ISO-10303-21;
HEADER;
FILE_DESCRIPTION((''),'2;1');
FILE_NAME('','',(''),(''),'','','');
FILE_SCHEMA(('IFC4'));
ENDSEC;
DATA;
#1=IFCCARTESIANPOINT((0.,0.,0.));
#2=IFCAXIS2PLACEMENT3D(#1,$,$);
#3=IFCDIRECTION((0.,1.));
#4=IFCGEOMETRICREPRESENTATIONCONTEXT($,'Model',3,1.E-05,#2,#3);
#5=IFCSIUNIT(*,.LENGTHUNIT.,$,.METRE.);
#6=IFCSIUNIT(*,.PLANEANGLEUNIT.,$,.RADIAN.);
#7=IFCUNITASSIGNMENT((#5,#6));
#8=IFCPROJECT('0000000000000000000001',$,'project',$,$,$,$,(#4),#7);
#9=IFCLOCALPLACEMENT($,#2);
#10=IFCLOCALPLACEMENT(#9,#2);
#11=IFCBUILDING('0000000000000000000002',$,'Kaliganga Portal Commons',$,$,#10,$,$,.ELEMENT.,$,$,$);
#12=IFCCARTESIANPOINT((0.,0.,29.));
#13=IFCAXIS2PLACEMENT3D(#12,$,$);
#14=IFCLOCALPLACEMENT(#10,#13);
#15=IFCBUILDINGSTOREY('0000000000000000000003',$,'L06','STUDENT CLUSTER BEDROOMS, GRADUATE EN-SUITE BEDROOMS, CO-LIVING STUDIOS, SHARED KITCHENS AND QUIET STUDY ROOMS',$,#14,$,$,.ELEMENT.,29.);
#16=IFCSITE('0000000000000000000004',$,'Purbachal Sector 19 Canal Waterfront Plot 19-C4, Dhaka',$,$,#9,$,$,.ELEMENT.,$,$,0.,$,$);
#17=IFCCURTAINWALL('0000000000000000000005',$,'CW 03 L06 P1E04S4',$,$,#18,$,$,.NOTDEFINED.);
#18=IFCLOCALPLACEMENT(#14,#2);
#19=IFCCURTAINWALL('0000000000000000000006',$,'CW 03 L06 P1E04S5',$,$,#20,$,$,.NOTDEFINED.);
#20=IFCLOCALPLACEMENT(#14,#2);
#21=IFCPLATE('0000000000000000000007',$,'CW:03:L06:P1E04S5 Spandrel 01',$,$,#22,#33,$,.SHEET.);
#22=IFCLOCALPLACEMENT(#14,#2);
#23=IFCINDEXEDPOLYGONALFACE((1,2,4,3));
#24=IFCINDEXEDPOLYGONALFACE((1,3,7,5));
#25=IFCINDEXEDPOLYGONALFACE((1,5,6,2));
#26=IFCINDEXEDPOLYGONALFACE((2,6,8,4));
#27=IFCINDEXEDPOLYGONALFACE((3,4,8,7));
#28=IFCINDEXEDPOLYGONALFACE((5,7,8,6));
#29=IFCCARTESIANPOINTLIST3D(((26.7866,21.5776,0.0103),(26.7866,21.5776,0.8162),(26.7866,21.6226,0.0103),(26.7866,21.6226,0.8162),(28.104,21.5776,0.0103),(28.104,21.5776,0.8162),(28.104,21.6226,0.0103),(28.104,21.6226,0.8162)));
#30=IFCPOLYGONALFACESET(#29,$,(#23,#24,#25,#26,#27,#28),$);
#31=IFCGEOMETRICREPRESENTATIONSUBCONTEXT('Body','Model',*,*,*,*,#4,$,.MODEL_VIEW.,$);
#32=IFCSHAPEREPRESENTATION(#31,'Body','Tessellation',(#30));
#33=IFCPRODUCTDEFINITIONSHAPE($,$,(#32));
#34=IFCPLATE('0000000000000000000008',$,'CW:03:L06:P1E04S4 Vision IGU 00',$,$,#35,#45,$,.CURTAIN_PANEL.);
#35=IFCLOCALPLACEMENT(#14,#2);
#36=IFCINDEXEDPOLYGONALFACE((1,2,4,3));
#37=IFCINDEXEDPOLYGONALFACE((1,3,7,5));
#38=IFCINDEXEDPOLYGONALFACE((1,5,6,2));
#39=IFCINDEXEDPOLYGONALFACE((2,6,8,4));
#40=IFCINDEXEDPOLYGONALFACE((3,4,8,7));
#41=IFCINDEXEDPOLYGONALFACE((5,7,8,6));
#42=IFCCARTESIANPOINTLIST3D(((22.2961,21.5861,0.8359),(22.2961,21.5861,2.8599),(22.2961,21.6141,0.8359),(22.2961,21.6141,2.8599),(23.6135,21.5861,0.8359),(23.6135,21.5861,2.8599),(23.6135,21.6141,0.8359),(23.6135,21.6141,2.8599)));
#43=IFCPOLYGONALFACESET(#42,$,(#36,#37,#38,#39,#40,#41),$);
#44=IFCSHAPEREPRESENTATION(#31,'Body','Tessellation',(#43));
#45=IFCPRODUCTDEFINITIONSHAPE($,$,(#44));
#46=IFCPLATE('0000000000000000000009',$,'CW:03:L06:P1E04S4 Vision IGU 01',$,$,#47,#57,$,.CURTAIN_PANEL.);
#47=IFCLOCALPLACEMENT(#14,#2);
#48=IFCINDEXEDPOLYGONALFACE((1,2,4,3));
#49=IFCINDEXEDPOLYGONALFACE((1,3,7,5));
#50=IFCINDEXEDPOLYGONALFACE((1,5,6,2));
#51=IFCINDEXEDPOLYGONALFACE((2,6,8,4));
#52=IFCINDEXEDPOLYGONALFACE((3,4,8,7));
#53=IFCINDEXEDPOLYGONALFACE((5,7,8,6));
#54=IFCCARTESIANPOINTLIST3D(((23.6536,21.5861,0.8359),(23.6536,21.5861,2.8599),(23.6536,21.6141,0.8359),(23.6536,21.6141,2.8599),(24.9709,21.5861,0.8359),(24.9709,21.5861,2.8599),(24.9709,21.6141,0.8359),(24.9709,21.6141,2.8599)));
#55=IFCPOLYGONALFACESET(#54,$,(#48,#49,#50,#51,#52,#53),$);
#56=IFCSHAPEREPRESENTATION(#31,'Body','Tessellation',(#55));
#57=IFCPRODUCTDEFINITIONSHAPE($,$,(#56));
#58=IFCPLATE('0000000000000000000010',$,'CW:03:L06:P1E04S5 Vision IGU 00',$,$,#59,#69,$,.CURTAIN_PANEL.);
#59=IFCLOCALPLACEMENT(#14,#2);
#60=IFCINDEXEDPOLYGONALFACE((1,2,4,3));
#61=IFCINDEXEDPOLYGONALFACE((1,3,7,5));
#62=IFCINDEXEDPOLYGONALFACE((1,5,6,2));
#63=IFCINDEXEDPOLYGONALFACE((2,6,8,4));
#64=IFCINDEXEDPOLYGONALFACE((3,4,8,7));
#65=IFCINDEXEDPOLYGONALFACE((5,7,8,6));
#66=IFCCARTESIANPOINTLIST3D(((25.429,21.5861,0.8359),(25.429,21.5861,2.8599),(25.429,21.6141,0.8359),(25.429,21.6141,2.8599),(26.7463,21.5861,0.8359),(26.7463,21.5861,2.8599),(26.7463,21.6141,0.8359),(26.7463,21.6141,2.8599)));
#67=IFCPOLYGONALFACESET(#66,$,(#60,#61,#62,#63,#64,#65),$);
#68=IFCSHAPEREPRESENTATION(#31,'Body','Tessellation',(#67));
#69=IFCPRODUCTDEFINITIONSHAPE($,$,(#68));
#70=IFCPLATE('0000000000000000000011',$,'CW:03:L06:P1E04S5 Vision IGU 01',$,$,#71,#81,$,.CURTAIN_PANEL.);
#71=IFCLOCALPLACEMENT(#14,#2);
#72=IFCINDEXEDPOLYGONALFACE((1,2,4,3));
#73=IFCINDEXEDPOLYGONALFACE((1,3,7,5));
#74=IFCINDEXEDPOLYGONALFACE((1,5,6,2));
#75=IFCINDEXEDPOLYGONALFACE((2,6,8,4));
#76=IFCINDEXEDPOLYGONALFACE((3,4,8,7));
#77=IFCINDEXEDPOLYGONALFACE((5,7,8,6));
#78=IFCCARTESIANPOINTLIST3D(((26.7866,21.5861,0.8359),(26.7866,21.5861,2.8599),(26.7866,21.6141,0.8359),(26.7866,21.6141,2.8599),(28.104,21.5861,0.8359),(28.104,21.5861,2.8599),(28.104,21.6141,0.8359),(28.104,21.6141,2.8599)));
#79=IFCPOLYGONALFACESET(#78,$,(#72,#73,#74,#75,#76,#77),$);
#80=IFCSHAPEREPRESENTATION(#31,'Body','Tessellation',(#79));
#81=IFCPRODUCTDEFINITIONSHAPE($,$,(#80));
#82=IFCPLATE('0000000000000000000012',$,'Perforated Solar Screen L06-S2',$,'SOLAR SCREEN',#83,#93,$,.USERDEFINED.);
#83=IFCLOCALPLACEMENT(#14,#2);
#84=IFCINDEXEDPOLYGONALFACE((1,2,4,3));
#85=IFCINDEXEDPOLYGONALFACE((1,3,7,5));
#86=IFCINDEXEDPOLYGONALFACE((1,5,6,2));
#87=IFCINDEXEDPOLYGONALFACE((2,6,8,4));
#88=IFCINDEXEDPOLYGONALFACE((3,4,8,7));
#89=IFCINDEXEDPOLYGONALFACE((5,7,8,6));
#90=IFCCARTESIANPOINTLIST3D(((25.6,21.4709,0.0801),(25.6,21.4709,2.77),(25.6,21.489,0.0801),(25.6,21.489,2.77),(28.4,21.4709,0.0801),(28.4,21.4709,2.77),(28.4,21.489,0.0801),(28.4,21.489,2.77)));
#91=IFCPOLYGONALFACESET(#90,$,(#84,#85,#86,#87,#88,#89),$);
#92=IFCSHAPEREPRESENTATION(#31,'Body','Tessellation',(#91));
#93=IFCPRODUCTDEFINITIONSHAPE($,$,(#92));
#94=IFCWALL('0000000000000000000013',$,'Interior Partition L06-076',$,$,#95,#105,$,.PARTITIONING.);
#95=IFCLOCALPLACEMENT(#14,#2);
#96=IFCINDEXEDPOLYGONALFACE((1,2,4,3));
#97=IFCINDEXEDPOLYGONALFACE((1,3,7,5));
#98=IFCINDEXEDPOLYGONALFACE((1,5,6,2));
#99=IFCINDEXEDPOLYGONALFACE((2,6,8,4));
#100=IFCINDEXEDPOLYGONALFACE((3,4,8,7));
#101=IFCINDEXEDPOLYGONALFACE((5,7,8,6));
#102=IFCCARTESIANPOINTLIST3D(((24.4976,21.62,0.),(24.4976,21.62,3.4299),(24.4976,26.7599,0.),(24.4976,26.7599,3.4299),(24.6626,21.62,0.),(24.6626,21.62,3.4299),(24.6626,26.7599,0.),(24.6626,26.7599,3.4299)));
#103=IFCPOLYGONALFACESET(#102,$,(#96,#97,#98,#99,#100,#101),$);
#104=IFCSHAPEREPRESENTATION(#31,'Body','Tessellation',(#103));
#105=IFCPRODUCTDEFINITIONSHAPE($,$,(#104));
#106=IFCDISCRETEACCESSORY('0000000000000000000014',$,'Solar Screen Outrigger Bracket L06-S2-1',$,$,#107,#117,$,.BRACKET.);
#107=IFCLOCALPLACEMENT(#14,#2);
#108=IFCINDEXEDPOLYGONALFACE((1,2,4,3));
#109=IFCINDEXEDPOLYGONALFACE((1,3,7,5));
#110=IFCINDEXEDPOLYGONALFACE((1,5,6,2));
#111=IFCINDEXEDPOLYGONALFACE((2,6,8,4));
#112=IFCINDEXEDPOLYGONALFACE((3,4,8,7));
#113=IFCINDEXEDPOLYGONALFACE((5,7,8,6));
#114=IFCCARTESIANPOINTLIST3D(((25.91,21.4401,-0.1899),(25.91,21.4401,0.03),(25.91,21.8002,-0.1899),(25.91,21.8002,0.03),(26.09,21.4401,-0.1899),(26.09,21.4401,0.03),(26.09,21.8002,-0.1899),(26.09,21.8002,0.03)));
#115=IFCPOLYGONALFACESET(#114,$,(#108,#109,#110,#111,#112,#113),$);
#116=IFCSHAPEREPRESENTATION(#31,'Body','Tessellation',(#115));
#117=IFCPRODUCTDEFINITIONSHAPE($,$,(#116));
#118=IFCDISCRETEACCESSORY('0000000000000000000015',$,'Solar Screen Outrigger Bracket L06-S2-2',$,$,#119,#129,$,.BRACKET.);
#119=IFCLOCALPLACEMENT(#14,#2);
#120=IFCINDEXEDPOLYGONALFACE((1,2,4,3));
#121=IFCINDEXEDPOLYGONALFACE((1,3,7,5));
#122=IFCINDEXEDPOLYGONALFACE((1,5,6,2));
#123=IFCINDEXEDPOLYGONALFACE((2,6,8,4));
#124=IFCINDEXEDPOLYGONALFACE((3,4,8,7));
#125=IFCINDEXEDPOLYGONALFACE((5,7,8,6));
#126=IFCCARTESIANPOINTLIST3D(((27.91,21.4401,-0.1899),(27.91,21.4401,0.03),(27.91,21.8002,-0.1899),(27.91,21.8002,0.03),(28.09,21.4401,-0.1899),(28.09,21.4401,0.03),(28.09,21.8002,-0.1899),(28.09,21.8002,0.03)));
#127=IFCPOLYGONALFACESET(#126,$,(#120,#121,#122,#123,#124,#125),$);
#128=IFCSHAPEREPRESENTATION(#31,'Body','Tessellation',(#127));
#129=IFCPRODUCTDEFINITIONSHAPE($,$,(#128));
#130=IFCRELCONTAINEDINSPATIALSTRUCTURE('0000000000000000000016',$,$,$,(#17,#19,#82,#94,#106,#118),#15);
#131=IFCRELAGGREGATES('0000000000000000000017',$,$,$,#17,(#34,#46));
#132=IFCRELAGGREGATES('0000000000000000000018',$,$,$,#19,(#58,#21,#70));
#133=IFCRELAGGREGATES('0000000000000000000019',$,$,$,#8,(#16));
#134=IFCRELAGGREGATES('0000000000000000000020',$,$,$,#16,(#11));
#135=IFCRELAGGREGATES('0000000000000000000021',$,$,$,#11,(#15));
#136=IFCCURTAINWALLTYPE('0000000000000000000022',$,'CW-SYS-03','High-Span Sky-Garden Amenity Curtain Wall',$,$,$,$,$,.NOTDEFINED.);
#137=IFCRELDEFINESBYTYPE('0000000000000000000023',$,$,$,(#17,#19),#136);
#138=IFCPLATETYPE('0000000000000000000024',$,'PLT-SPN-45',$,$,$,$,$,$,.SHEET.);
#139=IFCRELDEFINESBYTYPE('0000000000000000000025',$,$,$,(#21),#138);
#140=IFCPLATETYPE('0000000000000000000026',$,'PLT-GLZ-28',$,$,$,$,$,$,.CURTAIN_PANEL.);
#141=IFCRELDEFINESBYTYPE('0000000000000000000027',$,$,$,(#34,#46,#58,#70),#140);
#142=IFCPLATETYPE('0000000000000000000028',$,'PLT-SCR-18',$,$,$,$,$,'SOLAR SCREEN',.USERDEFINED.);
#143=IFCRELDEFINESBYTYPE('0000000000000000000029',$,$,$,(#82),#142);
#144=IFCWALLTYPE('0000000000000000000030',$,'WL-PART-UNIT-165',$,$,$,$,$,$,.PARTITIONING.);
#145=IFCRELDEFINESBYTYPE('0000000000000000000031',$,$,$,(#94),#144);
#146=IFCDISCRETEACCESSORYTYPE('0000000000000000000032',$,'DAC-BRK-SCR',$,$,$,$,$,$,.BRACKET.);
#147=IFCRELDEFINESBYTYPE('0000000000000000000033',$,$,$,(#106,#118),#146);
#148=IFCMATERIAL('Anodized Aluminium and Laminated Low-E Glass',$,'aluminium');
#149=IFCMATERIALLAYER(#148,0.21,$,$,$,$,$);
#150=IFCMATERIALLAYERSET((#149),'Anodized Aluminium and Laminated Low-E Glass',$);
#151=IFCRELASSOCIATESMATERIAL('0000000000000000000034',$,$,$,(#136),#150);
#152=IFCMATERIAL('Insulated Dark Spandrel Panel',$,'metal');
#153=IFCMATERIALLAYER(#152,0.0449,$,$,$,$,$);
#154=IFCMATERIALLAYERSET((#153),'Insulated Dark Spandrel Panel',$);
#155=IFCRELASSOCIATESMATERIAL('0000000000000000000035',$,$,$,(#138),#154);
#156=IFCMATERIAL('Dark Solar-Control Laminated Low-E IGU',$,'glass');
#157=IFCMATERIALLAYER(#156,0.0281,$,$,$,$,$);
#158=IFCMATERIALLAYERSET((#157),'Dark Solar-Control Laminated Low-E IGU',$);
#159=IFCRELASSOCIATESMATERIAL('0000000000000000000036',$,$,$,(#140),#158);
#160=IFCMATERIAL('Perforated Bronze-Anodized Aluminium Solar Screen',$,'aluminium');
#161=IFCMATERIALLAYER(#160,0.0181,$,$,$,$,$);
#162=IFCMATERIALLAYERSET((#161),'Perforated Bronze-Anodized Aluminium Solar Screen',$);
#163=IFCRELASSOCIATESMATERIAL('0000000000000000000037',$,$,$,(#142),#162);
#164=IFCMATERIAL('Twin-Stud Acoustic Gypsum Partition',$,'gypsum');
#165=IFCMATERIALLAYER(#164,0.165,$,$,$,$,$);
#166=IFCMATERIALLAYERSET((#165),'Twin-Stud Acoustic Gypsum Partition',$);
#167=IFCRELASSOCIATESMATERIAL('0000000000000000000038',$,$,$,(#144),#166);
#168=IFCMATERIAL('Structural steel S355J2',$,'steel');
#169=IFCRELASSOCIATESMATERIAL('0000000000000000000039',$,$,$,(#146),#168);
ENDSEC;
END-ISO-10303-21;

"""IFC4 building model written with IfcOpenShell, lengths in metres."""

from ifc_helpers import new_model, si_unit, direction, frame, frame_2d, origin, origin_2d, place, context, subcontext, project, spatial, rectangle, extrude, source, transform, mapped, material, layer, layer_set, type_object, element, aggregate, save


model = new_model("IFC4")

# Units and contexts
model_context = context("Model", 3, precision=1e-05, world=origin(), true_north=direction((0.0, 1.0)))
body_context = subcontext(model_context, "Body", "Model", "MODEL_VIEW")
ifc_project = project(units=[si_unit("LENGTHUNIT", "METRE"), si_unit("PLANEANGLEUNIT", "RADIAN")], contexts=[model_context])

# Site, building, storey
site_placement = place(None, origin())
site = spatial("IfcSite", under=ifc_project, at=site_placement, Name="Purbachal Sector 19 Canal Waterfront Plot 19-C4, Dhaka", CompositionType="ELEMENT", RefElevation=0.0)
building_placement = place(site_placement, origin())
building = spatial("IfcBuilding", under=site, at=building_placement, Name="Kaliganga Portal Commons", CompositionType="ELEMENT")
storey_placement = place(building_placement, frame((0.0, 0.0, 29.0)))
storey = spatial("IfcBuildingStorey", under=building, at=storey_placement, Name="L06", Description="STUDENT CLUSTER BEDROOMS, GRADUATE EN-SUITE BEDROOMS, CO-LIVING STUDIOS, SHARED KITCHENS AND QUIET STUDY ROOMS", CompositionType="ELEMENT", Elevation=29.0)

# Shared definitions
ifc_material_1 = material(Name="Structural steel S355J2", Category="steel")

# Curtain walls
ifc_material_2 = material(Name="Anodized Aluminium and Laminated Low-E Glass", Category="aluminium")
ifc_layer_1 = layer(ifc_material_2, 0.21)
ifc_layer_set_1 = layer_set([ifc_layer_1], Name="Anodized Aluminium and Laminated Low-E Glass")
curtain_wall_type = type_object("IfcCurtainWallType", Name="CW-SYS-03", Description="High-Span Sky-Garden Amenity Curtain Wall", PredefinedType="NOTDEFINED", material=ifc_layer_set_1)
curtain_wall_1_placement = place(storey_placement, origin())
curtain_wall_1 = element("IfcCurtainWall", 1, at=curtain_wall_1_placement, inside=storey, type_object=curtain_wall_type, Name="CW 03 L06 P1E04S4", PredefinedType="NOTDEFINED")
curtain_wall_2_placement = place(storey_placement, origin())
curtain_wall_2 = element("IfcCurtainWall", 2, at=curtain_wall_2_placement, inside=storey, type_object=curtain_wall_type, Name="CW 03 L06 P1E04S5", PredefinedType="NOTDEFINED")

# Plates
ifc_material_3 = material(Name="Insulated Dark Spandrel Panel", Category="metal")
ifc_layer_2 = layer(ifc_material_3, 0.0449)
ifc_layer_set_2 = layer_set([ifc_layer_2], Name="Insulated Dark Spandrel Panel")
plate_type_1 = type_object("IfcPlateType", Name="PLT-SPN-45", PredefinedType="SHEET", material=ifc_layer_set_2)
shared_shape_1 = source(origin(), body_context, "Body", "SweptSolid", [
    extrude(rectangle(XDim=1.3174, YDim=0.0449, at=origin_2d()), origin(), (0.0, 0.0, 1.0), 0.8059),
])
plate_1_placement = place(storey_placement, frame((27.4453, 21.6001, 0.0103), z_axis=(0.0, 0.0, 1.0), x_axis=(1.0, 0.0, 0.0)))
plate_1 = element("IfcPlate", 3, at=plate_1_placement, type_object=plate_type_1, Name="CW:03:L06:P1E04S5 Spandrel 01", PredefinedType="SHEET", context=body_context, shape_type="MappedRepresentation", body=[
    mapped(shared_shape_1, transform((0.0, 0.0, 0.0), x_axis=(1.0, 0.0, 0.0), y_axis=(0.0, 1.0, 0.0), z_axis=(0.0, 0.0, 1.0), scale=1.0)),
])
ifc_material_4 = material(Name="Dark Solar-Control Laminated Low-E IGU", Category="glass")
ifc_layer_3 = layer(ifc_material_4, 0.0281)
ifc_layer_set_3 = layer_set([ifc_layer_3], Name="Dark Solar-Control Laminated Low-E IGU")
plate_type_2 = type_object("IfcPlateType", Name="PLT-GLZ-28", PredefinedType="CURTAIN_PANEL", material=ifc_layer_set_3)
shared_shape_2 = source(origin(), body_context, "Body", "SweptSolid", [
    extrude(rectangle(XDim=1.3174, YDim=0.0281, at=origin_2d()), origin(), (0.0, 0.0, 1.0), 2.0239),
])
plate_2_placement = place(storey_placement, frame((22.9548, 21.6001, 0.8359), z_axis=(0.0, 0.0, 1.0), x_axis=(1.0, 0.0, 0.0)))
plate_2 = element("IfcPlate", 4, at=plate_2_placement, type_object=plate_type_2, Name="CW:03:L06:P1E04S4 Vision IGU 00", PredefinedType="CURTAIN_PANEL", context=body_context, shape_type="MappedRepresentation", body=[
    mapped(shared_shape_2, transform((0.0, 0.0, 0.0), x_axis=(1.0, 0.0, 0.0), y_axis=(0.0, 1.0, 0.0), z_axis=(0.0, 0.0, 1.0), scale=1.0)),
])
plate_3_placement = place(storey_placement, frame((24.3123, 21.6001, 0.8359), z_axis=(0.0, 0.0, 1.0), x_axis=(1.0, 0.0, 0.0)))
plate_3 = element("IfcPlate", 5, at=plate_3_placement, type_object=plate_type_2, Name="CW:03:L06:P1E04S4 Vision IGU 01", PredefinedType="CURTAIN_PANEL", context=body_context, shape_type="MappedRepresentation", body=[
    mapped(shared_shape_2, transform((0.0, 0.0, 0.0), x_axis=(1.0, 0.0, 0.0), y_axis=(0.0, 1.0, 0.0), z_axis=(0.0, 0.0, 1.0), scale=1.0)),
])
aggregate(curtain_wall_1, [plate_2, plate_3])
plate_4_placement = place(storey_placement, frame((26.0876, 21.6001, 0.8359), z_axis=(0.0, 0.0, 1.0), x_axis=(1.0, 0.0, 0.0)))
plate_4 = element("IfcPlate", 6, at=plate_4_placement, type_object=plate_type_2, Name="CW:03:L06:P1E04S5 Vision IGU 00", PredefinedType="CURTAIN_PANEL", context=body_context, shape_type="MappedRepresentation", body=[
    mapped(shared_shape_2, transform((0.0, 0.0, 0.0), x_axis=(1.0, 0.0, 0.0), y_axis=(0.0, 1.0, 0.0), z_axis=(0.0, 0.0, 1.0), scale=1.0)),
])
plate_5_placement = place(storey_placement, frame((27.4453, 21.6001, 0.8359), z_axis=(0.0, 0.0, 1.0), x_axis=(1.0, 0.0, 0.0)))
plate_5 = element("IfcPlate", 7, at=plate_5_placement, type_object=plate_type_2, Name="CW:03:L06:P1E04S5 Vision IGU 01", PredefinedType="CURTAIN_PANEL", context=body_context, shape_type="MappedRepresentation", body=[
    mapped(shared_shape_2, transform((0.0, 0.0, 0.0), x_axis=(1.0, 0.0, 0.0), y_axis=(0.0, 1.0, 0.0), z_axis=(0.0, 0.0, 1.0), scale=1.0)),
])
aggregate(curtain_wall_2, [plate_4, plate_1, plate_5])
ifc_material_5 = material(Name="Perforated Bronze-Anodized Aluminium Solar Screen", Category="aluminium")
ifc_layer_4 = layer(ifc_material_5, 0.0181)
ifc_layer_set_4 = layer_set([ifc_layer_4], Name="Perforated Bronze-Anodized Aluminium Solar Screen")
plate_type_3 = type_object("IfcPlateType", Name="PLT-SCR-18", ElementType="SOLAR SCREEN", PredefinedType="USERDEFINED", material=ifc_layer_set_4)
shared_shape_3 = source(origin(), body_context, "Body", "SweptSolid", [
    extrude(rectangle(XDim=2.8, YDim=0.0181, at=origin_2d()), origin(), (0.0, 0.0, 1.0), 2.6899),
])
plate_6_placement = place(storey_placement, frame((27.0, 21.48, 0.0801), z_axis=(0.0, 0.0, 1.0), x_axis=(1.0, 0.0, 0.0)))
element("IfcPlate", 8, at=plate_6_placement, inside=storey, type_object=plate_type_3, Name="Perforated Solar Screen L06-S2", ObjectType="SOLAR SCREEN", PredefinedType="USERDEFINED", context=body_context, shape_type="MappedRepresentation", body=[
    mapped(shared_shape_3, transform((0.0, 0.0, 0.0), x_axis=(1.0, 0.0, 0.0), y_axis=(0.0, 1.0, 0.0), z_axis=(0.0, 0.0, 1.0), scale=1.0)),
])

# Wall
ifc_material_6 = material(Name="Twin-Stud Acoustic Gypsum Partition", Category="gypsum")
ifc_layer_5 = layer(ifc_material_6, 0.165)
ifc_layer_set_5 = layer_set([ifc_layer_5], Name="Twin-Stud Acoustic Gypsum Partition")
wall_type = type_object("IfcWallType", Name="WL-PART-UNIT-165", PredefinedType="PARTITIONING", material=ifc_layer_set_5)
wall_placement = place(storey_placement, frame((24.5801, 21.6201, 0.0), z_axis=(0.0, 0.0, 1.0), x_axis=(0.0, 1.0, 0.0)))
element("IfcWall", 9, at=wall_placement, inside=storey, type_object=wall_type, Name="Interior Partition L06-076", PredefinedType="PARTITIONING", context=body_context, shape_type="SweptSolid", body=[
    extrude(rectangle(XDim=5.1399, YDim=0.165, at=frame_2d((2.5698, 0.0))), origin(), (0.0, 0.0, 1.0), 3.4299),
])

# Discrete accessories
discrete_accessory_type = type_object("IfcDiscreteAccessoryType", Name="DAC-BRK-SCR", PredefinedType="BRACKET", material=ifc_material_1)
shared_shape_4 = source(origin(), body_context, "Body", "SweptSolid", [
    extrude(rectangle(XDim=0.1799, YDim=0.3601, at=origin_2d()), origin(), (0.0, 0.0, 1.0), 0.22),
])
for number, where, z_axis, x_axis, name in (
    (10, (26.0, 21.6201, -0.1899), (0.0, 0.0, 1.0), (1.0, 0.0, 0.0), "Solar Screen Outrigger Bracket L06-S2-1"),
    (11, (28.0, 21.6201, -0.1899), (0.0, 0.0, 1.0), (1.0, 0.0, 0.0), "Solar Screen Outrigger Bracket L06-S2-2"),
):
    element("IfcDiscreteAccessory", number, at=place(storey_placement, frame(where, z_axis=z_axis, x_axis=x_axis)), inside=storey, type_object=discrete_accessory_type, Name=name, PredefinedType="BRACKET", context=body_context, shape_type="MappedRepresentation", body=[
        mapped(shared_shape_4, transform((0.0, 0.0, 0.0), x_axis=(1.0, 0.0, 0.0), y_axis=(0.0, 1.0, 0.0), z_axis=(0.0, 0.0, 1.0), scale=1.0)),
    ])

save(model, "model.ifc")
